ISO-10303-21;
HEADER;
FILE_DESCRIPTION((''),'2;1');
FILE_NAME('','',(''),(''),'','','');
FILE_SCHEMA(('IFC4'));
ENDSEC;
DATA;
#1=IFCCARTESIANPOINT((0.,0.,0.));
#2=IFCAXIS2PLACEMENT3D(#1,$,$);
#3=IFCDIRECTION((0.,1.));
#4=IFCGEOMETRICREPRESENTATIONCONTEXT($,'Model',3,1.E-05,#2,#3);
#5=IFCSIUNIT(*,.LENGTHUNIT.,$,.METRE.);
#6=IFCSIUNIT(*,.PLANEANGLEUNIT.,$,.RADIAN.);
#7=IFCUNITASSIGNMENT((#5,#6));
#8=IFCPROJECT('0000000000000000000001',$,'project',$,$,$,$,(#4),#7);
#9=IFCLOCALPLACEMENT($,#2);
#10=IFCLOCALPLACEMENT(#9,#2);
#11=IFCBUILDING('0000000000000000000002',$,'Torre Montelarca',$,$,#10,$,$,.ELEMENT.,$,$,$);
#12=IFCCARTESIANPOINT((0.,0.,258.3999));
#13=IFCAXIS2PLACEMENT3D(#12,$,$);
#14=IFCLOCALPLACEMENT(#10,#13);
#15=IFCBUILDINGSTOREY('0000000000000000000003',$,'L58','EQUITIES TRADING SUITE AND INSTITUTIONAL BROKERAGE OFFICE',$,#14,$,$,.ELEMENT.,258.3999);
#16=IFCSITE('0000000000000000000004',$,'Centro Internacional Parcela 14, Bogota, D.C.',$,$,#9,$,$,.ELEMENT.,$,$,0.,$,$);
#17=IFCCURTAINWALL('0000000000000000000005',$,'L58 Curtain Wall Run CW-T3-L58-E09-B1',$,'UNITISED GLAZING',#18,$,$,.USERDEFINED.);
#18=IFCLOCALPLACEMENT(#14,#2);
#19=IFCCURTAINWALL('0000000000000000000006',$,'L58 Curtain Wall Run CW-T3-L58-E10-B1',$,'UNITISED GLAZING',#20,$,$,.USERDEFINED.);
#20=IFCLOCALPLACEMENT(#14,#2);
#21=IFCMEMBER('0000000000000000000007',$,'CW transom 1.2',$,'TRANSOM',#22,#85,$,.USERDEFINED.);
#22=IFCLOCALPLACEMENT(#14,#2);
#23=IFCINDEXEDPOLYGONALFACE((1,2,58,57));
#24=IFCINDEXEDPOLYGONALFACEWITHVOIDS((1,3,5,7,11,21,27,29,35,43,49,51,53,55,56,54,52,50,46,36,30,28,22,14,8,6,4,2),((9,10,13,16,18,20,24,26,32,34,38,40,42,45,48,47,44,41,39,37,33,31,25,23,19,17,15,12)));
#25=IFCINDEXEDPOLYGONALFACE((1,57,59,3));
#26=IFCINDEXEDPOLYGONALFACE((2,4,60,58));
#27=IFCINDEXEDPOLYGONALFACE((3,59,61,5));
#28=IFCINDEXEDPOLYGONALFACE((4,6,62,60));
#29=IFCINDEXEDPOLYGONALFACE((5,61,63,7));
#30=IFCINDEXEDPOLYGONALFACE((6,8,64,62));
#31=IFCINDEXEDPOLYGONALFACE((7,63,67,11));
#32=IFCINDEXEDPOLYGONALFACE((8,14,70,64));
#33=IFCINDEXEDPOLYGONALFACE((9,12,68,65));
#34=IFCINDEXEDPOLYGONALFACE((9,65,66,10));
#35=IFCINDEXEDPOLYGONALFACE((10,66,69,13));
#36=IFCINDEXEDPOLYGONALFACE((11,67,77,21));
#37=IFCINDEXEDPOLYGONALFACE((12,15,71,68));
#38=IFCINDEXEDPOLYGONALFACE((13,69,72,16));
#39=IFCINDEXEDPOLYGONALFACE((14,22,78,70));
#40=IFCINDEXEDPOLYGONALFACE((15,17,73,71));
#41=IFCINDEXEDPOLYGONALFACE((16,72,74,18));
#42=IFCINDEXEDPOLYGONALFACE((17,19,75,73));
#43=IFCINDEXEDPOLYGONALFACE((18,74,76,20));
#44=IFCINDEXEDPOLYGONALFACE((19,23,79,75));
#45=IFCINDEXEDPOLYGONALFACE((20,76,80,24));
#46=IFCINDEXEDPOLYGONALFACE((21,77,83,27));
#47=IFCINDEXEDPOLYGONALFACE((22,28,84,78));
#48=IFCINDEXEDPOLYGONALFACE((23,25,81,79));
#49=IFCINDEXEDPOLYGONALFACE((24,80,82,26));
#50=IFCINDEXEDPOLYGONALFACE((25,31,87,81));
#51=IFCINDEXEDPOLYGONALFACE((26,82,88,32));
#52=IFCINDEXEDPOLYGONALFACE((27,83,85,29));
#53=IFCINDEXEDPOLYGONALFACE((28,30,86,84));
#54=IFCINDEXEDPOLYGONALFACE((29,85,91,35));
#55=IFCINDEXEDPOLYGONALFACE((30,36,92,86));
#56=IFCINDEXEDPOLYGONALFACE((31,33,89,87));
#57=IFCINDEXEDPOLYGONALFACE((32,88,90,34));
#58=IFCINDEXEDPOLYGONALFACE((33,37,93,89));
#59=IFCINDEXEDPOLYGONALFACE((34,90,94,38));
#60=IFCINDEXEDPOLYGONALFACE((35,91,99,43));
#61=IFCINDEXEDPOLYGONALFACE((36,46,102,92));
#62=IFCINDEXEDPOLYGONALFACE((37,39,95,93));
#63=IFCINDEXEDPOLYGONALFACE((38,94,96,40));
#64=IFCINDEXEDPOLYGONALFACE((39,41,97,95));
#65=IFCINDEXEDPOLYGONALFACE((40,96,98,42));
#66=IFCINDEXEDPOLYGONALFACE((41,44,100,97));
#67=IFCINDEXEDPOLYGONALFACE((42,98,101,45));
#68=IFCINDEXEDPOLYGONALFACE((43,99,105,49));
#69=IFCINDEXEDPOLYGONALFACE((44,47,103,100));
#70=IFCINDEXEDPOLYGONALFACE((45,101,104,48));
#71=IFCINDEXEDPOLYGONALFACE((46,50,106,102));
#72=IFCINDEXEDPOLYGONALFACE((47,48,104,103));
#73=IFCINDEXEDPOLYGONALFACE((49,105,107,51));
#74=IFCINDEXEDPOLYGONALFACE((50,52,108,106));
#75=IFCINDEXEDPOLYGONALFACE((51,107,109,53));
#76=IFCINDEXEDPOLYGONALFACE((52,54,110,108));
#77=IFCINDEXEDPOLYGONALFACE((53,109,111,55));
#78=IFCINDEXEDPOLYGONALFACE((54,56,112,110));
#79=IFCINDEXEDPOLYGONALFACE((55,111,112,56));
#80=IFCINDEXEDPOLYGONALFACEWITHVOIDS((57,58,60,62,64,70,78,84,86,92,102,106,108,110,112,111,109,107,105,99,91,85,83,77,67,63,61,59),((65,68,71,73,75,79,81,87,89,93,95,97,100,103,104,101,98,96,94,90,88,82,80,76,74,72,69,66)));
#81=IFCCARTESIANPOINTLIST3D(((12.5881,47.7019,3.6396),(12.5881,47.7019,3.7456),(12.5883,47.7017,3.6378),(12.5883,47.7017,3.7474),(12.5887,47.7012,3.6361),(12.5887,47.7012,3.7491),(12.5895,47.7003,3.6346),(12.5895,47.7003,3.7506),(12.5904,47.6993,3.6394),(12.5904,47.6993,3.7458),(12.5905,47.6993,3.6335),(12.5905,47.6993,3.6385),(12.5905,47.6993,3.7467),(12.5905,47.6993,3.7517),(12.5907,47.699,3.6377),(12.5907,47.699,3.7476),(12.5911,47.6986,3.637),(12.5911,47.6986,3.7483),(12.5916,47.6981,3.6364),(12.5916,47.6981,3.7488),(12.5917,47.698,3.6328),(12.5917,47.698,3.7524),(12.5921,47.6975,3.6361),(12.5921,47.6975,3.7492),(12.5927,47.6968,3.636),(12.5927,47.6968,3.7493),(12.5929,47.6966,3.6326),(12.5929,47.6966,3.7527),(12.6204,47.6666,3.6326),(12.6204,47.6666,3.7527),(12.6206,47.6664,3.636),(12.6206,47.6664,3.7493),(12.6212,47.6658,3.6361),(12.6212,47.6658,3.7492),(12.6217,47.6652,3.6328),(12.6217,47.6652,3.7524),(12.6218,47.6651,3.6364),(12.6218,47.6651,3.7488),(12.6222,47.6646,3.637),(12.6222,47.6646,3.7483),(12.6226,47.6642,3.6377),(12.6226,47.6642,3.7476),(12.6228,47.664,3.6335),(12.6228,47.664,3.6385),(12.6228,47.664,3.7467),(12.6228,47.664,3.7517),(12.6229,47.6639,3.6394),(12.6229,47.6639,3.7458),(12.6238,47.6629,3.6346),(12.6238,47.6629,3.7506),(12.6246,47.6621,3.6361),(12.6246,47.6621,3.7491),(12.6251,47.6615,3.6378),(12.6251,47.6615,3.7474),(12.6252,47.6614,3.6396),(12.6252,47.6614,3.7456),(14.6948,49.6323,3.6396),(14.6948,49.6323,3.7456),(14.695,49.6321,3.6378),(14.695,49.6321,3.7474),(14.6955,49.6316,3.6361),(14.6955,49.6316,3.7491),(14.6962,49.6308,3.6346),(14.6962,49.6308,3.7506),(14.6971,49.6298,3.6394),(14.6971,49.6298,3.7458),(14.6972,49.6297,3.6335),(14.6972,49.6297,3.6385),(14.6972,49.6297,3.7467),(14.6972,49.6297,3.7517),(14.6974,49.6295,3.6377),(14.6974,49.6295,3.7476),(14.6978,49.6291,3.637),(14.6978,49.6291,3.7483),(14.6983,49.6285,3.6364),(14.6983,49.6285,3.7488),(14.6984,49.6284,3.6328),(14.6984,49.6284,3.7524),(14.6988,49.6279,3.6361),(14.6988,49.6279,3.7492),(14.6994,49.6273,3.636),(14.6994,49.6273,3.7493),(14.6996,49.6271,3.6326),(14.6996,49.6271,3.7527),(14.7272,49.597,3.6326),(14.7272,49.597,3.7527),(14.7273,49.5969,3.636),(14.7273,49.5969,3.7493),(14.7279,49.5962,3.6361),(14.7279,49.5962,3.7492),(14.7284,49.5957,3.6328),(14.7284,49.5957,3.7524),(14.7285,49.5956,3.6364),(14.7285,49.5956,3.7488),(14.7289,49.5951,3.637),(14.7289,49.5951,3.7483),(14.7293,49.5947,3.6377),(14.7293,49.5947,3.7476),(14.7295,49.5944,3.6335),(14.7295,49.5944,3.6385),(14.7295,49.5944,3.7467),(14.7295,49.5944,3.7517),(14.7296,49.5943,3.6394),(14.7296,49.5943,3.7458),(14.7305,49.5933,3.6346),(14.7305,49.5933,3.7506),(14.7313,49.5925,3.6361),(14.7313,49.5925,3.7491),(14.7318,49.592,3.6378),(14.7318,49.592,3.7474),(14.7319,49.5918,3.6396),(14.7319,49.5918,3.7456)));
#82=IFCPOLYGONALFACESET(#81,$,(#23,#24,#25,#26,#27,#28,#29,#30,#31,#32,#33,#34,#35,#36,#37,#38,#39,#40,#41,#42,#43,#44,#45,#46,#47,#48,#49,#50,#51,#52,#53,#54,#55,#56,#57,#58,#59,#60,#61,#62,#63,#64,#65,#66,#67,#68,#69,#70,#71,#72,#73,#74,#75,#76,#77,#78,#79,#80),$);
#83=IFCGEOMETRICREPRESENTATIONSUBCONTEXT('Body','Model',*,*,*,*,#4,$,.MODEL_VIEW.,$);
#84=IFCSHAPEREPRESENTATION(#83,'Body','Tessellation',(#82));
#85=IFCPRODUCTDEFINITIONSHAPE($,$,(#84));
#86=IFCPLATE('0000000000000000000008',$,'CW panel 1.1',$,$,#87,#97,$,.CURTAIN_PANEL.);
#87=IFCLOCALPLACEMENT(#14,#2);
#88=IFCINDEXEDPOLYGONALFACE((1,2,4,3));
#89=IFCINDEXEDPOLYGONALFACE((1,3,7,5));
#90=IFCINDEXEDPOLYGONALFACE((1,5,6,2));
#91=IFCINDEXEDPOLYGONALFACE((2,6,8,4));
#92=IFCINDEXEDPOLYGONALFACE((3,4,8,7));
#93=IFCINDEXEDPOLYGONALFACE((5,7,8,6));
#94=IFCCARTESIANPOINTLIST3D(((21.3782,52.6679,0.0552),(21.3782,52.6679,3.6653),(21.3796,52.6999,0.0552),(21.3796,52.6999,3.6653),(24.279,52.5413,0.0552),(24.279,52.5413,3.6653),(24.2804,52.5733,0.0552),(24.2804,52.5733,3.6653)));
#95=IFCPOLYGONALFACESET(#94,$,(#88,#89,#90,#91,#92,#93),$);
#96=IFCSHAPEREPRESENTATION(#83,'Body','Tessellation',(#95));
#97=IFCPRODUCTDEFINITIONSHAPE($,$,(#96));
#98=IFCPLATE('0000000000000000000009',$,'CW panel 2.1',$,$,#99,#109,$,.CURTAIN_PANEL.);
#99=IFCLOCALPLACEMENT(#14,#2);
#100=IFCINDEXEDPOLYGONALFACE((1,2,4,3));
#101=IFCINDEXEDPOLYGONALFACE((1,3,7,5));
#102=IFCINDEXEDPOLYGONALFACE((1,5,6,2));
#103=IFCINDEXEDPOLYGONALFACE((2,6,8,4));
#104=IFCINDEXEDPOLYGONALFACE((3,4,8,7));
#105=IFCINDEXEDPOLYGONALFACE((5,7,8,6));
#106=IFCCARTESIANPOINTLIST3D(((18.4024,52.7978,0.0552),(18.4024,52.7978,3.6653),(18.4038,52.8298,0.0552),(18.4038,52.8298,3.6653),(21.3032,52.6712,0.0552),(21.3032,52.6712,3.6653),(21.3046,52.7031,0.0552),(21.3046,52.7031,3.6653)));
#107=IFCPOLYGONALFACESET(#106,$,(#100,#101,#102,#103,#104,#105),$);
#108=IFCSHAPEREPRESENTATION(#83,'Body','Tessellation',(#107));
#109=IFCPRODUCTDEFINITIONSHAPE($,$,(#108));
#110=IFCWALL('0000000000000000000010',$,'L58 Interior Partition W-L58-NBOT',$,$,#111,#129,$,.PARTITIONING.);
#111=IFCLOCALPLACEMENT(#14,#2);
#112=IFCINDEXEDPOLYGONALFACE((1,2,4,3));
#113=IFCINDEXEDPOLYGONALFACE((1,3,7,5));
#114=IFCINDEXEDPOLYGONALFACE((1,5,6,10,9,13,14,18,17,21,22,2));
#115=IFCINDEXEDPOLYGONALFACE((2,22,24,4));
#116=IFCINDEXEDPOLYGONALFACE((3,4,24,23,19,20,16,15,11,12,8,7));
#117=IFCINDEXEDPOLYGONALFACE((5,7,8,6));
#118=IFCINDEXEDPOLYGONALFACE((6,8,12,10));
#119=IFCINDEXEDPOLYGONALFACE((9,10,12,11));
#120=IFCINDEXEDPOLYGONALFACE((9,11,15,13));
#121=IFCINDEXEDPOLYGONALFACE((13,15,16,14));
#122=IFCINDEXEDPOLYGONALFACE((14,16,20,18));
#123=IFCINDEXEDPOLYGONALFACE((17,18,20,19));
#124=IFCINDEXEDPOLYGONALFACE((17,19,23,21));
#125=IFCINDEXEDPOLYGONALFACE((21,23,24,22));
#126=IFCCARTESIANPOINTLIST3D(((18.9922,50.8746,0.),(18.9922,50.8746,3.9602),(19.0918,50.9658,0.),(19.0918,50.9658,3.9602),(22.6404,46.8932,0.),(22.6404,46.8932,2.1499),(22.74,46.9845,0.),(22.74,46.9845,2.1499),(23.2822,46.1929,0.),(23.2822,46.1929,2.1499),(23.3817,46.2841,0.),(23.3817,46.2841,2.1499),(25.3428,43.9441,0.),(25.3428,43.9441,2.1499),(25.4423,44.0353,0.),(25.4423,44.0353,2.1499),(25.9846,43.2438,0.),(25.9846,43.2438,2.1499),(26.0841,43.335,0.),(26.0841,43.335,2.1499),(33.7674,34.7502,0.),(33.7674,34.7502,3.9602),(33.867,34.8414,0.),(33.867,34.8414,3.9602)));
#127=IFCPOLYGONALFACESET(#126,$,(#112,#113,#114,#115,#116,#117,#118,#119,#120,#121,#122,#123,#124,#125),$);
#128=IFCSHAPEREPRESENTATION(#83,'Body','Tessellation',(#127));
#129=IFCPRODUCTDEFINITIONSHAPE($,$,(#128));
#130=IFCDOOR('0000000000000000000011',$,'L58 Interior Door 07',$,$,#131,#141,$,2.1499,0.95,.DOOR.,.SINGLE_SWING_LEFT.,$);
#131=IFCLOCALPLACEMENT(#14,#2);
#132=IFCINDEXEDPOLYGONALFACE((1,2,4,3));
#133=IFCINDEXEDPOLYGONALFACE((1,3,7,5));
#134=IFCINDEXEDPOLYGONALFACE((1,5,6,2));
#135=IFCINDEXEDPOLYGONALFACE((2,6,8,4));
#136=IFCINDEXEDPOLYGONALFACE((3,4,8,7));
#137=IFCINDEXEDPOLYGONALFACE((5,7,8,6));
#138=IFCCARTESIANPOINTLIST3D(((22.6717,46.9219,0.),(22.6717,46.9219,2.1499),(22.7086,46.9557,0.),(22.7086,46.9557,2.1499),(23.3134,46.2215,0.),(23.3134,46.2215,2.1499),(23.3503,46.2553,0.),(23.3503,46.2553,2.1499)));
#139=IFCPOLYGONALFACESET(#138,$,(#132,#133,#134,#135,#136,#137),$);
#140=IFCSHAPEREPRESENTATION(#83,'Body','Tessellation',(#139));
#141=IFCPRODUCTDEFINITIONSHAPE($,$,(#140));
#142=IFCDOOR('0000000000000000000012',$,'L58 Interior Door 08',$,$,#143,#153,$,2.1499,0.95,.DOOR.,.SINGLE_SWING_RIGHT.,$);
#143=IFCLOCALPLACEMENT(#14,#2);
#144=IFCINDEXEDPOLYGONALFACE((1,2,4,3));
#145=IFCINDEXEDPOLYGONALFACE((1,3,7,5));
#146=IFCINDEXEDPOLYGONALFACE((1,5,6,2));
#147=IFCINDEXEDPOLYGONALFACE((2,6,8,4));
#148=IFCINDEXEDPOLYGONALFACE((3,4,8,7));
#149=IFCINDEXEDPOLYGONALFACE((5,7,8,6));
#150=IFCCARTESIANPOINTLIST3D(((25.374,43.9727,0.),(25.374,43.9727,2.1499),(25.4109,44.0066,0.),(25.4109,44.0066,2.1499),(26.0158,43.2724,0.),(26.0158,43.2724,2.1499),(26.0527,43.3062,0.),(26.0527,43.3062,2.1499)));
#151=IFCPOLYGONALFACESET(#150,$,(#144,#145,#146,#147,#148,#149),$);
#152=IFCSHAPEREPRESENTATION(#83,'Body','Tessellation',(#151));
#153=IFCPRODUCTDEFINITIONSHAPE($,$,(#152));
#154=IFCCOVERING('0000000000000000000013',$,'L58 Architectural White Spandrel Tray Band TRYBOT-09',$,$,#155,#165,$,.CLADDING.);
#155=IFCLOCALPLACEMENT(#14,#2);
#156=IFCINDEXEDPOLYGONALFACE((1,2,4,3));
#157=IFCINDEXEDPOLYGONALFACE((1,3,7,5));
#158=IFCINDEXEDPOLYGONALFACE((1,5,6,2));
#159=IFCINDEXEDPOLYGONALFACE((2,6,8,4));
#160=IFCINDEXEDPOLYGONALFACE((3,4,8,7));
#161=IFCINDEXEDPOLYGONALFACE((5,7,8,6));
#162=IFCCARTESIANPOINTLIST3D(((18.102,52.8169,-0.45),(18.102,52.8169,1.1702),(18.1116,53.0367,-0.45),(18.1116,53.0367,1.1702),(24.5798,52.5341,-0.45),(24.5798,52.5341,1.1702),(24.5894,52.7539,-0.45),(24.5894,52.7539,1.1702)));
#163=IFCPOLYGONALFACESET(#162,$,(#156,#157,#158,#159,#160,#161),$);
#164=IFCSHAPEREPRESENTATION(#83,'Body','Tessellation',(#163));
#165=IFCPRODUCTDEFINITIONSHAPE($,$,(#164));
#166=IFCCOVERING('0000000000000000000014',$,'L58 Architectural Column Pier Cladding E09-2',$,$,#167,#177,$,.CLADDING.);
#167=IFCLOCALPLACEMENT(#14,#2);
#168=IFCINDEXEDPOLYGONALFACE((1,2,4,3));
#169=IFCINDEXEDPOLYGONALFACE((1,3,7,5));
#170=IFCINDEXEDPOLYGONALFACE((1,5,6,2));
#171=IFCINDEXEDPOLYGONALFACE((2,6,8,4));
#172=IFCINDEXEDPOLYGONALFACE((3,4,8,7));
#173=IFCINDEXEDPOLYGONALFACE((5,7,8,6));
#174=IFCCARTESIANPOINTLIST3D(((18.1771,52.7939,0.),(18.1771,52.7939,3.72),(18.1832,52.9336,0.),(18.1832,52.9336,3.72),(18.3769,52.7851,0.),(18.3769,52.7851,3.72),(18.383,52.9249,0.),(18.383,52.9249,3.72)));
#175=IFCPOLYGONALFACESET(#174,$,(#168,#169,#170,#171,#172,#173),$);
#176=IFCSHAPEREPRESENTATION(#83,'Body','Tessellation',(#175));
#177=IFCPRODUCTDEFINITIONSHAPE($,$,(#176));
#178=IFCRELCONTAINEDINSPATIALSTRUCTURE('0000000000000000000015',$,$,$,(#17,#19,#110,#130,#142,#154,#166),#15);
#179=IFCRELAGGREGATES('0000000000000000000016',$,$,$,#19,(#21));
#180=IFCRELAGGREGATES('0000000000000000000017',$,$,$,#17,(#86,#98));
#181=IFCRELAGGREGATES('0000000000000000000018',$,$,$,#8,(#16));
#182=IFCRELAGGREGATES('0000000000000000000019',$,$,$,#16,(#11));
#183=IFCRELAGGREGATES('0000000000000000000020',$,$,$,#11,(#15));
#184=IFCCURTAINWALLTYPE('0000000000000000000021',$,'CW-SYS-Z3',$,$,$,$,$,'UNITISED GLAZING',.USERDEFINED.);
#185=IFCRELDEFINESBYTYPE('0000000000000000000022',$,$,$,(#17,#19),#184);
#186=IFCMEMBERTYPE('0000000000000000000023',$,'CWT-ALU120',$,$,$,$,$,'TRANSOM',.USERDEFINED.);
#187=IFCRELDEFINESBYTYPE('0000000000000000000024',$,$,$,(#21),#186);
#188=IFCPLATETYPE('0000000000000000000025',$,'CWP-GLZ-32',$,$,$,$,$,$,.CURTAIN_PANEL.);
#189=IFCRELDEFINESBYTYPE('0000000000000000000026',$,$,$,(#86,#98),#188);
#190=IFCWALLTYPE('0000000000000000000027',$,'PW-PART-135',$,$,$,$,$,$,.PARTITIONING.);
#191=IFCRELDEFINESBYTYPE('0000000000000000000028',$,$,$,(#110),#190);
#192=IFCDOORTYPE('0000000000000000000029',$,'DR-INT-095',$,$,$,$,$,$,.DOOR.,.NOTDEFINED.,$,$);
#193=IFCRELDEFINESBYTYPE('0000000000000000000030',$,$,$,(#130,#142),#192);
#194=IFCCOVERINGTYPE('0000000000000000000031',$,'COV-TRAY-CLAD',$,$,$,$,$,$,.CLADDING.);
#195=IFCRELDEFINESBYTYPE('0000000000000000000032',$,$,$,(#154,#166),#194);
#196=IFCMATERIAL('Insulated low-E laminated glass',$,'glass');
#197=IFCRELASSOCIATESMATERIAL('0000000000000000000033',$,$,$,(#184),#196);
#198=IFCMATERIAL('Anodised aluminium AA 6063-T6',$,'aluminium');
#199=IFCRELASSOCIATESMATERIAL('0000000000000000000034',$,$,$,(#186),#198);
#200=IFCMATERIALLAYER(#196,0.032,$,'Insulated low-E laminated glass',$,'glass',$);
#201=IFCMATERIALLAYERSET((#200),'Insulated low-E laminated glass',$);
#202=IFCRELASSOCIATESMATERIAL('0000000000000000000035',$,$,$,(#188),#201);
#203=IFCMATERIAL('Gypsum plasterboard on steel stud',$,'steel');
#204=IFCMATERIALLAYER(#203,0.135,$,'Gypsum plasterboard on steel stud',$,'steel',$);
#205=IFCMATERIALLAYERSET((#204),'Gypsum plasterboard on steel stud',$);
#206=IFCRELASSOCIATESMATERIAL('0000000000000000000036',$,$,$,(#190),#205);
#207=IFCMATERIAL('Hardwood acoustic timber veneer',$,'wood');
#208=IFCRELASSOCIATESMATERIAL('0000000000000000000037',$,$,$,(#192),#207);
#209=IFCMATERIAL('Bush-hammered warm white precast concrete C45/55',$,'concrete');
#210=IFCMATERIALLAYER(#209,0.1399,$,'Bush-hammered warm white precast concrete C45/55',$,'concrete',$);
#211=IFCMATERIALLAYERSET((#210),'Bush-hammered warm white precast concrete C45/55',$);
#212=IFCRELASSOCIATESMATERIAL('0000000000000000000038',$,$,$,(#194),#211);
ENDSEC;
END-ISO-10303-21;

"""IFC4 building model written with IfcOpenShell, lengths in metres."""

from ifc_helpers import new_model, si_unit, direction, frame, frame_2d, origin, origin_2d, place, context, subcontext, project, spatial, rectangle, hollow_rectangle, extrude, source, transform, mapped, material, layer, layer_set, material_profile, profile_set, type_object, element, fill, aggregate, save


model = new_model("IFC4")

# Units and contexts
model_context = context("Model", 3, precision=1e-05, world=origin(), true_north=direction((0.0, 1.0)))
body_context = subcontext(model_context, "Body", "Model", "MODEL_VIEW")
ifc_project = project(units=[si_unit("LENGTHUNIT", "METRE"), si_unit("PLANEANGLEUNIT", "RADIAN")], contexts=[model_context])

# Site, building, storey
site_placement = place(None, origin())
site = spatial("IfcSite", under=ifc_project, at=site_placement, Name="Centro Internacional Parcela 14, Bogota, D.C.", CompositionType="ELEMENT", RefElevation=0.0)
building_placement = place(site_placement, origin())
building = spatial("IfcBuilding", under=site, at=building_placement, Name="Torre Montelarca", CompositionType="ELEMENT")
storey_placement = place(building_placement, frame((0.0, 0.0, 258.3999)))
storey = spatial("IfcBuildingStorey", under=building, at=storey_placement, Name="L58", Description="EQUITIES TRADING SUITE AND INSTITUTIONAL BROKERAGE OFFICE", CompositionType="ELEMENT", Elevation=258.3999)

# Curtain walls, member
ifc_material_1 = material(Name="Insulated low-E laminated glass", Category="glass")
curtain_wall_type = type_object("IfcCurtainWallType", Name="CW-SYS-Z3", ElementType="UNITISED GLAZING", PredefinedType="USERDEFINED", material=ifc_material_1)
curtain_wall_1_placement = place(storey_placement, origin())
curtain_wall_1 = element("IfcCurtainWall", 1, at=curtain_wall_1_placement, inside=storey, type_object=curtain_wall_type, Name="L58 Curtain Wall Run CW-T3-L58-E09-B1", ObjectType="UNITISED GLAZING", PredefinedType="USERDEFINED")
ifc_material_2 = material(Name="Anodised aluminium AA 6063-T6", Category="aluminium")
ifc_material_profile_1 = material_profile(ifc_material_2, hollow_rectangle(XDim=0.0549, YDim=0.1201, WallThickness=0.0034, InnerFilletRadius=0.0034, OuterFilletRadius=0.0071, at=origin_2d()), Name="ALU55X120X3.5", Category="aluminium")
ifc_profile_set_1 = profile_set([ifc_material_profile_1], Name="Anodised aluminium AA 6063-T6")
member_type_1 = type_object("IfcMemberType", Name="CWT-ALU120", ElementType="TRANSOM", PredefinedType="USERDEFINED", material=ifc_profile_set_1)
curtain_wall_2_placement = place(storey_placement, origin())
curtain_wall_2 = element("IfcCurtainWall", 2, at=curtain_wall_2_placement, inside=storey, type_object=curtain_wall_type, Name="L58 Curtain Wall Run CW-T3-L58-E10-B1", ObjectType="UNITISED GLAZING", PredefinedType="USERDEFINED")
shared_shape_1 = source(origin(), body_context, "Body", "SweptSolid", [
    extrude(hollow_rectangle(XDim=0.0549, YDim=0.1201, WallThickness=0.0034, InnerFilletRadius=0.0034, OuterFilletRadius=0.0071, at=origin_2d()), origin(), (0.0, 0.0, 1.0), 2.8574),
])
member_1_placement = place(storey_placement, frame((14.7134, 49.6121, 3.6926), z_axis=(-0.737278, -0.675589, 0.0), x_axis=(0.675589, -0.737278, 0.0)))
member_1 = element("IfcMember", 3, at=member_1_placement, type_object=member_type_1, Name="CW transom 1.2", ObjectType="TRANSOM", PredefinedType="USERDEFINED", context=body_context, shape_type="MappedRepresentation", body=[
    mapped(shared_shape_1, transform((0.0, 0.0, 0.0), scale=1.0)),
])
aggregate(curtain_wall_2, [member_1])

# Plates
ifc_layer_1 = layer(ifc_material_1, 0.032, Name="Insulated low-E laminated glass", Category="glass")
ifc_layer_set_1 = layer_set([ifc_layer_1], Name="Insulated low-E laminated glass")
plate_type = type_object("IfcPlateType", Name="CWP-GLZ-32", PredefinedType="CURTAIN_PANEL", material=ifc_layer_set_1)
shared_shape_2 = source(origin(), body_context, "Body", "SweptSolid", [
    extrude(rectangle(XDim=2.9036, YDim=0.032, at=origin_2d()), origin(), (0.0, 0.0, 1.0), 3.6101),
])
plate_1_placement = place(storey_placement, frame((22.8293, 52.6206, 0.0552), z_axis=(0.0, 0.0, 1.0), x_axis=(-0.999048, 0.043616, 0.0)))
plate_1 = element("IfcPlate", 4, at=plate_1_placement, type_object=plate_type, Name="CW panel 1.1", PredefinedType="CURTAIN_PANEL", context=body_context, shape_type="MappedRepresentation", body=[
    mapped(shared_shape_2, transform((0.0, 0.0, 0.0), scale=1.0)),
])
plate_2_placement = place(storey_placement, frame((19.8535, 52.7505, 0.0552), z_axis=(0.0, 0.0, 1.0), x_axis=(-0.999048, 0.043616, 0.0)))
plate_2 = element("IfcPlate", 5, at=plate_2_placement, type_object=plate_type, Name="CW panel 2.1", PredefinedType="CURTAIN_PANEL", context=body_context, shape_type="MappedRepresentation", body=[
    mapped(shared_shape_2, transform((0.0, 0.0, 0.0), scale=1.0)),
])
aggregate(curtain_wall_1, [plate_1, plate_2])

# Wall, openings, doors
ifc_material_3 = material(Name="Gypsum plasterboard on steel stud", Category="steel")
ifc_layer_2 = layer(ifc_material_3, 0.135, Name="Gypsum plasterboard on steel stud", Category="steel")
ifc_layer_set_2 = layer_set([ifc_layer_2], Name="Gypsum plasterboard on steel stud")
wall_type = type_object("IfcWallType", Name="PW-PART-135", PredefinedType="PARTITIONING", material=ifc_layer_set_2)
wall_placement = place(storey_placement, frame((19.042, 50.9202, 0.0), z_axis=(0.0, 0.0, 1.0), x_axis=(0.67559, -0.737278, 0.0)))
wall = element("IfcWall", 6, at=wall_placement, inside=storey, type_object=wall_type, Name="L58 Interior Partition W-L58-NBOT", PredefinedType="PARTITIONING", context=body_context, shape_type="SweptSolid", body=[
    extrude(rectangle(XDim=21.8701, YDim=0.135, at=frame_2d((10.9351, 0.0))), origin(), (0.0, 0.0, 1.0), 3.9602),
])
opening_1_placement = place(wall_placement, frame((5.3999, 0.0, 0.0)))
opening_1 = element("IfcOpeningElement", 7, at=opening_1_placement, cuts=wall, PredefinedType="OPENING", context=body_context, shape_type="SweptSolid", body=[
    extrude(rectangle(XDim=0.95, YDim=2.1499, at=frame_2d((0.4751, 1.075))), frame((0.0, 0.0776, 0.0), z_axis=(0.0, -1.0, 0.0), x_axis=(1.0, 0.0, 0.0)), (0.0, 0.0, 1.0), 0.155),
])
opening_2_placement = place(wall_placement, frame((9.3999, 0.0, 0.0)))
opening_2 = element("IfcOpeningElement", 8, at=opening_2_placement, cuts=wall, PredefinedType="OPENING", context=body_context, shape_type="SweptSolid", body=[
    extrude(rectangle(XDim=0.95, YDim=2.1499, at=frame_2d((0.4751, 1.075))), frame((0.0, 0.0776, 0.0), z_axis=(0.0, -1.0, 0.0), x_axis=(1.0, 0.0, 0.0)), (0.0, 0.0, 1.0), 0.155),
])
ifc_material_4 = material(Name="Hardwood acoustic timber veneer", Category="wood")
door_type = type_object("IfcDoorType", Name="DR-INT-095", OperationType="NOTDEFINED", PredefinedType="DOOR", material=ifc_material_4)
shared_shape_3 = source(origin(), body_context, "Body", "SweptSolid", [
    extrude(rectangle(XDim=0.95, YDim=2.1499, at=frame_2d((0.4751, 1.075))), frame((0.0, 0.0249, 0.0), z_axis=(0.0, -1.0, 0.0), x_axis=(1.0, 0.0, 0.0)), (0.0, 0.0, 1.0), 0.05),
])
door_1_placement = place(opening_1_placement, origin())
door_1 = element("IfcDoor", 9, at=door_1_placement, inside=storey, type_object=door_type, Name="L58 Interior Door 07", OperationType="SINGLE_SWING_LEFT", OverallHeight=2.1499, OverallWidth=0.95, PredefinedType="DOOR", context=body_context, shape_type="MappedRepresentation", body=[
    mapped(shared_shape_3, transform((0.0, 0.0, 0.0), scale=1.0)),
])
fill(opening_1, door_1)
door_2_placement = place(opening_2_placement, origin())
door_2 = element("IfcDoor", 10, at=door_2_placement, inside=storey, type_object=door_type, Name="L58 Interior Door 08", OperationType="SINGLE_SWING_RIGHT", OverallHeight=2.1499, OverallWidth=0.95, PredefinedType="DOOR", context=body_context, shape_type="MappedRepresentation", body=[
    mapped(shared_shape_3, transform((0.0, 0.0, 0.0), scale=1.0)),
])
fill(opening_2, door_2)

# Coverings
ifc_material_5 = material(Name="Bush-hammered warm white precast concrete C45/55", Category="concrete")
ifc_layer_3 = layer(ifc_material_5, 0.1399, Name="Bush-hammered warm white precast concrete C45/55", Category="concrete")
ifc_layer_set_3 = layer_set([ifc_layer_3], Name="Bush-hammered warm white precast concrete C45/55")
covering_type = type_object("IfcCoveringType", Name="COV-TRAY-CLAD", PredefinedType="CLADDING", material=ifc_layer_set_3)
shared_shape_4 = source(origin(), body_context, "Body", "SweptSolid", [
    extrude(rectangle(XDim=6.4839, YDim=0.22, at=origin_2d()), origin(), (0.0, 0.0, 1.0), 1.6201),
])
covering_1_placement = place(storey_placement, frame((21.3457, 52.7854, -0.45), z_axis=(0.0, 0.0, 1.0), x_axis=(-0.999048, 0.043621, 0.0)))
element("IfcCovering", 11, at=covering_1_placement, inside=storey, type_object=covering_type, Name="L58 Architectural White Spandrel Tray Band TRYBOT-09", PredefinedType="CLADDING", context=body_context, shape_type="MappedRepresentation", body=[
    mapped(shared_shape_4, transform((0.0, 0.0, 0.0), scale=1.0)),
])
shared_shape_5 = source(origin(), body_context, "Body", "SweptSolid", [
    extrude(rectangle(XDim=0.2, YDim=0.1399, at=origin_2d()), origin(), (0.0, 0.0, 1.0), 3.72),
])
for number, where, z_axis, x_axis, name in (
    (12, (18.28, 52.8594, 0.0), (0.0, 0.0, 1.0), (-0.999048, 0.043628, 0.0), "L58 Architectural Column Pier Cladding E09-2"),
):
    element("IfcCovering", number, at=place(storey_placement, frame(where, z_axis=z_axis, x_axis=x_axis)), inside=storey, type_object=covering_type, Name=name, PredefinedType="CLADDING", context=body_context, shape_type="MappedRepresentation", body=[
        mapped(shared_shape_5, transform((0.0, 0.0, 0.0), scale=1.0)),
    ])

save(model, "model.ifc")
